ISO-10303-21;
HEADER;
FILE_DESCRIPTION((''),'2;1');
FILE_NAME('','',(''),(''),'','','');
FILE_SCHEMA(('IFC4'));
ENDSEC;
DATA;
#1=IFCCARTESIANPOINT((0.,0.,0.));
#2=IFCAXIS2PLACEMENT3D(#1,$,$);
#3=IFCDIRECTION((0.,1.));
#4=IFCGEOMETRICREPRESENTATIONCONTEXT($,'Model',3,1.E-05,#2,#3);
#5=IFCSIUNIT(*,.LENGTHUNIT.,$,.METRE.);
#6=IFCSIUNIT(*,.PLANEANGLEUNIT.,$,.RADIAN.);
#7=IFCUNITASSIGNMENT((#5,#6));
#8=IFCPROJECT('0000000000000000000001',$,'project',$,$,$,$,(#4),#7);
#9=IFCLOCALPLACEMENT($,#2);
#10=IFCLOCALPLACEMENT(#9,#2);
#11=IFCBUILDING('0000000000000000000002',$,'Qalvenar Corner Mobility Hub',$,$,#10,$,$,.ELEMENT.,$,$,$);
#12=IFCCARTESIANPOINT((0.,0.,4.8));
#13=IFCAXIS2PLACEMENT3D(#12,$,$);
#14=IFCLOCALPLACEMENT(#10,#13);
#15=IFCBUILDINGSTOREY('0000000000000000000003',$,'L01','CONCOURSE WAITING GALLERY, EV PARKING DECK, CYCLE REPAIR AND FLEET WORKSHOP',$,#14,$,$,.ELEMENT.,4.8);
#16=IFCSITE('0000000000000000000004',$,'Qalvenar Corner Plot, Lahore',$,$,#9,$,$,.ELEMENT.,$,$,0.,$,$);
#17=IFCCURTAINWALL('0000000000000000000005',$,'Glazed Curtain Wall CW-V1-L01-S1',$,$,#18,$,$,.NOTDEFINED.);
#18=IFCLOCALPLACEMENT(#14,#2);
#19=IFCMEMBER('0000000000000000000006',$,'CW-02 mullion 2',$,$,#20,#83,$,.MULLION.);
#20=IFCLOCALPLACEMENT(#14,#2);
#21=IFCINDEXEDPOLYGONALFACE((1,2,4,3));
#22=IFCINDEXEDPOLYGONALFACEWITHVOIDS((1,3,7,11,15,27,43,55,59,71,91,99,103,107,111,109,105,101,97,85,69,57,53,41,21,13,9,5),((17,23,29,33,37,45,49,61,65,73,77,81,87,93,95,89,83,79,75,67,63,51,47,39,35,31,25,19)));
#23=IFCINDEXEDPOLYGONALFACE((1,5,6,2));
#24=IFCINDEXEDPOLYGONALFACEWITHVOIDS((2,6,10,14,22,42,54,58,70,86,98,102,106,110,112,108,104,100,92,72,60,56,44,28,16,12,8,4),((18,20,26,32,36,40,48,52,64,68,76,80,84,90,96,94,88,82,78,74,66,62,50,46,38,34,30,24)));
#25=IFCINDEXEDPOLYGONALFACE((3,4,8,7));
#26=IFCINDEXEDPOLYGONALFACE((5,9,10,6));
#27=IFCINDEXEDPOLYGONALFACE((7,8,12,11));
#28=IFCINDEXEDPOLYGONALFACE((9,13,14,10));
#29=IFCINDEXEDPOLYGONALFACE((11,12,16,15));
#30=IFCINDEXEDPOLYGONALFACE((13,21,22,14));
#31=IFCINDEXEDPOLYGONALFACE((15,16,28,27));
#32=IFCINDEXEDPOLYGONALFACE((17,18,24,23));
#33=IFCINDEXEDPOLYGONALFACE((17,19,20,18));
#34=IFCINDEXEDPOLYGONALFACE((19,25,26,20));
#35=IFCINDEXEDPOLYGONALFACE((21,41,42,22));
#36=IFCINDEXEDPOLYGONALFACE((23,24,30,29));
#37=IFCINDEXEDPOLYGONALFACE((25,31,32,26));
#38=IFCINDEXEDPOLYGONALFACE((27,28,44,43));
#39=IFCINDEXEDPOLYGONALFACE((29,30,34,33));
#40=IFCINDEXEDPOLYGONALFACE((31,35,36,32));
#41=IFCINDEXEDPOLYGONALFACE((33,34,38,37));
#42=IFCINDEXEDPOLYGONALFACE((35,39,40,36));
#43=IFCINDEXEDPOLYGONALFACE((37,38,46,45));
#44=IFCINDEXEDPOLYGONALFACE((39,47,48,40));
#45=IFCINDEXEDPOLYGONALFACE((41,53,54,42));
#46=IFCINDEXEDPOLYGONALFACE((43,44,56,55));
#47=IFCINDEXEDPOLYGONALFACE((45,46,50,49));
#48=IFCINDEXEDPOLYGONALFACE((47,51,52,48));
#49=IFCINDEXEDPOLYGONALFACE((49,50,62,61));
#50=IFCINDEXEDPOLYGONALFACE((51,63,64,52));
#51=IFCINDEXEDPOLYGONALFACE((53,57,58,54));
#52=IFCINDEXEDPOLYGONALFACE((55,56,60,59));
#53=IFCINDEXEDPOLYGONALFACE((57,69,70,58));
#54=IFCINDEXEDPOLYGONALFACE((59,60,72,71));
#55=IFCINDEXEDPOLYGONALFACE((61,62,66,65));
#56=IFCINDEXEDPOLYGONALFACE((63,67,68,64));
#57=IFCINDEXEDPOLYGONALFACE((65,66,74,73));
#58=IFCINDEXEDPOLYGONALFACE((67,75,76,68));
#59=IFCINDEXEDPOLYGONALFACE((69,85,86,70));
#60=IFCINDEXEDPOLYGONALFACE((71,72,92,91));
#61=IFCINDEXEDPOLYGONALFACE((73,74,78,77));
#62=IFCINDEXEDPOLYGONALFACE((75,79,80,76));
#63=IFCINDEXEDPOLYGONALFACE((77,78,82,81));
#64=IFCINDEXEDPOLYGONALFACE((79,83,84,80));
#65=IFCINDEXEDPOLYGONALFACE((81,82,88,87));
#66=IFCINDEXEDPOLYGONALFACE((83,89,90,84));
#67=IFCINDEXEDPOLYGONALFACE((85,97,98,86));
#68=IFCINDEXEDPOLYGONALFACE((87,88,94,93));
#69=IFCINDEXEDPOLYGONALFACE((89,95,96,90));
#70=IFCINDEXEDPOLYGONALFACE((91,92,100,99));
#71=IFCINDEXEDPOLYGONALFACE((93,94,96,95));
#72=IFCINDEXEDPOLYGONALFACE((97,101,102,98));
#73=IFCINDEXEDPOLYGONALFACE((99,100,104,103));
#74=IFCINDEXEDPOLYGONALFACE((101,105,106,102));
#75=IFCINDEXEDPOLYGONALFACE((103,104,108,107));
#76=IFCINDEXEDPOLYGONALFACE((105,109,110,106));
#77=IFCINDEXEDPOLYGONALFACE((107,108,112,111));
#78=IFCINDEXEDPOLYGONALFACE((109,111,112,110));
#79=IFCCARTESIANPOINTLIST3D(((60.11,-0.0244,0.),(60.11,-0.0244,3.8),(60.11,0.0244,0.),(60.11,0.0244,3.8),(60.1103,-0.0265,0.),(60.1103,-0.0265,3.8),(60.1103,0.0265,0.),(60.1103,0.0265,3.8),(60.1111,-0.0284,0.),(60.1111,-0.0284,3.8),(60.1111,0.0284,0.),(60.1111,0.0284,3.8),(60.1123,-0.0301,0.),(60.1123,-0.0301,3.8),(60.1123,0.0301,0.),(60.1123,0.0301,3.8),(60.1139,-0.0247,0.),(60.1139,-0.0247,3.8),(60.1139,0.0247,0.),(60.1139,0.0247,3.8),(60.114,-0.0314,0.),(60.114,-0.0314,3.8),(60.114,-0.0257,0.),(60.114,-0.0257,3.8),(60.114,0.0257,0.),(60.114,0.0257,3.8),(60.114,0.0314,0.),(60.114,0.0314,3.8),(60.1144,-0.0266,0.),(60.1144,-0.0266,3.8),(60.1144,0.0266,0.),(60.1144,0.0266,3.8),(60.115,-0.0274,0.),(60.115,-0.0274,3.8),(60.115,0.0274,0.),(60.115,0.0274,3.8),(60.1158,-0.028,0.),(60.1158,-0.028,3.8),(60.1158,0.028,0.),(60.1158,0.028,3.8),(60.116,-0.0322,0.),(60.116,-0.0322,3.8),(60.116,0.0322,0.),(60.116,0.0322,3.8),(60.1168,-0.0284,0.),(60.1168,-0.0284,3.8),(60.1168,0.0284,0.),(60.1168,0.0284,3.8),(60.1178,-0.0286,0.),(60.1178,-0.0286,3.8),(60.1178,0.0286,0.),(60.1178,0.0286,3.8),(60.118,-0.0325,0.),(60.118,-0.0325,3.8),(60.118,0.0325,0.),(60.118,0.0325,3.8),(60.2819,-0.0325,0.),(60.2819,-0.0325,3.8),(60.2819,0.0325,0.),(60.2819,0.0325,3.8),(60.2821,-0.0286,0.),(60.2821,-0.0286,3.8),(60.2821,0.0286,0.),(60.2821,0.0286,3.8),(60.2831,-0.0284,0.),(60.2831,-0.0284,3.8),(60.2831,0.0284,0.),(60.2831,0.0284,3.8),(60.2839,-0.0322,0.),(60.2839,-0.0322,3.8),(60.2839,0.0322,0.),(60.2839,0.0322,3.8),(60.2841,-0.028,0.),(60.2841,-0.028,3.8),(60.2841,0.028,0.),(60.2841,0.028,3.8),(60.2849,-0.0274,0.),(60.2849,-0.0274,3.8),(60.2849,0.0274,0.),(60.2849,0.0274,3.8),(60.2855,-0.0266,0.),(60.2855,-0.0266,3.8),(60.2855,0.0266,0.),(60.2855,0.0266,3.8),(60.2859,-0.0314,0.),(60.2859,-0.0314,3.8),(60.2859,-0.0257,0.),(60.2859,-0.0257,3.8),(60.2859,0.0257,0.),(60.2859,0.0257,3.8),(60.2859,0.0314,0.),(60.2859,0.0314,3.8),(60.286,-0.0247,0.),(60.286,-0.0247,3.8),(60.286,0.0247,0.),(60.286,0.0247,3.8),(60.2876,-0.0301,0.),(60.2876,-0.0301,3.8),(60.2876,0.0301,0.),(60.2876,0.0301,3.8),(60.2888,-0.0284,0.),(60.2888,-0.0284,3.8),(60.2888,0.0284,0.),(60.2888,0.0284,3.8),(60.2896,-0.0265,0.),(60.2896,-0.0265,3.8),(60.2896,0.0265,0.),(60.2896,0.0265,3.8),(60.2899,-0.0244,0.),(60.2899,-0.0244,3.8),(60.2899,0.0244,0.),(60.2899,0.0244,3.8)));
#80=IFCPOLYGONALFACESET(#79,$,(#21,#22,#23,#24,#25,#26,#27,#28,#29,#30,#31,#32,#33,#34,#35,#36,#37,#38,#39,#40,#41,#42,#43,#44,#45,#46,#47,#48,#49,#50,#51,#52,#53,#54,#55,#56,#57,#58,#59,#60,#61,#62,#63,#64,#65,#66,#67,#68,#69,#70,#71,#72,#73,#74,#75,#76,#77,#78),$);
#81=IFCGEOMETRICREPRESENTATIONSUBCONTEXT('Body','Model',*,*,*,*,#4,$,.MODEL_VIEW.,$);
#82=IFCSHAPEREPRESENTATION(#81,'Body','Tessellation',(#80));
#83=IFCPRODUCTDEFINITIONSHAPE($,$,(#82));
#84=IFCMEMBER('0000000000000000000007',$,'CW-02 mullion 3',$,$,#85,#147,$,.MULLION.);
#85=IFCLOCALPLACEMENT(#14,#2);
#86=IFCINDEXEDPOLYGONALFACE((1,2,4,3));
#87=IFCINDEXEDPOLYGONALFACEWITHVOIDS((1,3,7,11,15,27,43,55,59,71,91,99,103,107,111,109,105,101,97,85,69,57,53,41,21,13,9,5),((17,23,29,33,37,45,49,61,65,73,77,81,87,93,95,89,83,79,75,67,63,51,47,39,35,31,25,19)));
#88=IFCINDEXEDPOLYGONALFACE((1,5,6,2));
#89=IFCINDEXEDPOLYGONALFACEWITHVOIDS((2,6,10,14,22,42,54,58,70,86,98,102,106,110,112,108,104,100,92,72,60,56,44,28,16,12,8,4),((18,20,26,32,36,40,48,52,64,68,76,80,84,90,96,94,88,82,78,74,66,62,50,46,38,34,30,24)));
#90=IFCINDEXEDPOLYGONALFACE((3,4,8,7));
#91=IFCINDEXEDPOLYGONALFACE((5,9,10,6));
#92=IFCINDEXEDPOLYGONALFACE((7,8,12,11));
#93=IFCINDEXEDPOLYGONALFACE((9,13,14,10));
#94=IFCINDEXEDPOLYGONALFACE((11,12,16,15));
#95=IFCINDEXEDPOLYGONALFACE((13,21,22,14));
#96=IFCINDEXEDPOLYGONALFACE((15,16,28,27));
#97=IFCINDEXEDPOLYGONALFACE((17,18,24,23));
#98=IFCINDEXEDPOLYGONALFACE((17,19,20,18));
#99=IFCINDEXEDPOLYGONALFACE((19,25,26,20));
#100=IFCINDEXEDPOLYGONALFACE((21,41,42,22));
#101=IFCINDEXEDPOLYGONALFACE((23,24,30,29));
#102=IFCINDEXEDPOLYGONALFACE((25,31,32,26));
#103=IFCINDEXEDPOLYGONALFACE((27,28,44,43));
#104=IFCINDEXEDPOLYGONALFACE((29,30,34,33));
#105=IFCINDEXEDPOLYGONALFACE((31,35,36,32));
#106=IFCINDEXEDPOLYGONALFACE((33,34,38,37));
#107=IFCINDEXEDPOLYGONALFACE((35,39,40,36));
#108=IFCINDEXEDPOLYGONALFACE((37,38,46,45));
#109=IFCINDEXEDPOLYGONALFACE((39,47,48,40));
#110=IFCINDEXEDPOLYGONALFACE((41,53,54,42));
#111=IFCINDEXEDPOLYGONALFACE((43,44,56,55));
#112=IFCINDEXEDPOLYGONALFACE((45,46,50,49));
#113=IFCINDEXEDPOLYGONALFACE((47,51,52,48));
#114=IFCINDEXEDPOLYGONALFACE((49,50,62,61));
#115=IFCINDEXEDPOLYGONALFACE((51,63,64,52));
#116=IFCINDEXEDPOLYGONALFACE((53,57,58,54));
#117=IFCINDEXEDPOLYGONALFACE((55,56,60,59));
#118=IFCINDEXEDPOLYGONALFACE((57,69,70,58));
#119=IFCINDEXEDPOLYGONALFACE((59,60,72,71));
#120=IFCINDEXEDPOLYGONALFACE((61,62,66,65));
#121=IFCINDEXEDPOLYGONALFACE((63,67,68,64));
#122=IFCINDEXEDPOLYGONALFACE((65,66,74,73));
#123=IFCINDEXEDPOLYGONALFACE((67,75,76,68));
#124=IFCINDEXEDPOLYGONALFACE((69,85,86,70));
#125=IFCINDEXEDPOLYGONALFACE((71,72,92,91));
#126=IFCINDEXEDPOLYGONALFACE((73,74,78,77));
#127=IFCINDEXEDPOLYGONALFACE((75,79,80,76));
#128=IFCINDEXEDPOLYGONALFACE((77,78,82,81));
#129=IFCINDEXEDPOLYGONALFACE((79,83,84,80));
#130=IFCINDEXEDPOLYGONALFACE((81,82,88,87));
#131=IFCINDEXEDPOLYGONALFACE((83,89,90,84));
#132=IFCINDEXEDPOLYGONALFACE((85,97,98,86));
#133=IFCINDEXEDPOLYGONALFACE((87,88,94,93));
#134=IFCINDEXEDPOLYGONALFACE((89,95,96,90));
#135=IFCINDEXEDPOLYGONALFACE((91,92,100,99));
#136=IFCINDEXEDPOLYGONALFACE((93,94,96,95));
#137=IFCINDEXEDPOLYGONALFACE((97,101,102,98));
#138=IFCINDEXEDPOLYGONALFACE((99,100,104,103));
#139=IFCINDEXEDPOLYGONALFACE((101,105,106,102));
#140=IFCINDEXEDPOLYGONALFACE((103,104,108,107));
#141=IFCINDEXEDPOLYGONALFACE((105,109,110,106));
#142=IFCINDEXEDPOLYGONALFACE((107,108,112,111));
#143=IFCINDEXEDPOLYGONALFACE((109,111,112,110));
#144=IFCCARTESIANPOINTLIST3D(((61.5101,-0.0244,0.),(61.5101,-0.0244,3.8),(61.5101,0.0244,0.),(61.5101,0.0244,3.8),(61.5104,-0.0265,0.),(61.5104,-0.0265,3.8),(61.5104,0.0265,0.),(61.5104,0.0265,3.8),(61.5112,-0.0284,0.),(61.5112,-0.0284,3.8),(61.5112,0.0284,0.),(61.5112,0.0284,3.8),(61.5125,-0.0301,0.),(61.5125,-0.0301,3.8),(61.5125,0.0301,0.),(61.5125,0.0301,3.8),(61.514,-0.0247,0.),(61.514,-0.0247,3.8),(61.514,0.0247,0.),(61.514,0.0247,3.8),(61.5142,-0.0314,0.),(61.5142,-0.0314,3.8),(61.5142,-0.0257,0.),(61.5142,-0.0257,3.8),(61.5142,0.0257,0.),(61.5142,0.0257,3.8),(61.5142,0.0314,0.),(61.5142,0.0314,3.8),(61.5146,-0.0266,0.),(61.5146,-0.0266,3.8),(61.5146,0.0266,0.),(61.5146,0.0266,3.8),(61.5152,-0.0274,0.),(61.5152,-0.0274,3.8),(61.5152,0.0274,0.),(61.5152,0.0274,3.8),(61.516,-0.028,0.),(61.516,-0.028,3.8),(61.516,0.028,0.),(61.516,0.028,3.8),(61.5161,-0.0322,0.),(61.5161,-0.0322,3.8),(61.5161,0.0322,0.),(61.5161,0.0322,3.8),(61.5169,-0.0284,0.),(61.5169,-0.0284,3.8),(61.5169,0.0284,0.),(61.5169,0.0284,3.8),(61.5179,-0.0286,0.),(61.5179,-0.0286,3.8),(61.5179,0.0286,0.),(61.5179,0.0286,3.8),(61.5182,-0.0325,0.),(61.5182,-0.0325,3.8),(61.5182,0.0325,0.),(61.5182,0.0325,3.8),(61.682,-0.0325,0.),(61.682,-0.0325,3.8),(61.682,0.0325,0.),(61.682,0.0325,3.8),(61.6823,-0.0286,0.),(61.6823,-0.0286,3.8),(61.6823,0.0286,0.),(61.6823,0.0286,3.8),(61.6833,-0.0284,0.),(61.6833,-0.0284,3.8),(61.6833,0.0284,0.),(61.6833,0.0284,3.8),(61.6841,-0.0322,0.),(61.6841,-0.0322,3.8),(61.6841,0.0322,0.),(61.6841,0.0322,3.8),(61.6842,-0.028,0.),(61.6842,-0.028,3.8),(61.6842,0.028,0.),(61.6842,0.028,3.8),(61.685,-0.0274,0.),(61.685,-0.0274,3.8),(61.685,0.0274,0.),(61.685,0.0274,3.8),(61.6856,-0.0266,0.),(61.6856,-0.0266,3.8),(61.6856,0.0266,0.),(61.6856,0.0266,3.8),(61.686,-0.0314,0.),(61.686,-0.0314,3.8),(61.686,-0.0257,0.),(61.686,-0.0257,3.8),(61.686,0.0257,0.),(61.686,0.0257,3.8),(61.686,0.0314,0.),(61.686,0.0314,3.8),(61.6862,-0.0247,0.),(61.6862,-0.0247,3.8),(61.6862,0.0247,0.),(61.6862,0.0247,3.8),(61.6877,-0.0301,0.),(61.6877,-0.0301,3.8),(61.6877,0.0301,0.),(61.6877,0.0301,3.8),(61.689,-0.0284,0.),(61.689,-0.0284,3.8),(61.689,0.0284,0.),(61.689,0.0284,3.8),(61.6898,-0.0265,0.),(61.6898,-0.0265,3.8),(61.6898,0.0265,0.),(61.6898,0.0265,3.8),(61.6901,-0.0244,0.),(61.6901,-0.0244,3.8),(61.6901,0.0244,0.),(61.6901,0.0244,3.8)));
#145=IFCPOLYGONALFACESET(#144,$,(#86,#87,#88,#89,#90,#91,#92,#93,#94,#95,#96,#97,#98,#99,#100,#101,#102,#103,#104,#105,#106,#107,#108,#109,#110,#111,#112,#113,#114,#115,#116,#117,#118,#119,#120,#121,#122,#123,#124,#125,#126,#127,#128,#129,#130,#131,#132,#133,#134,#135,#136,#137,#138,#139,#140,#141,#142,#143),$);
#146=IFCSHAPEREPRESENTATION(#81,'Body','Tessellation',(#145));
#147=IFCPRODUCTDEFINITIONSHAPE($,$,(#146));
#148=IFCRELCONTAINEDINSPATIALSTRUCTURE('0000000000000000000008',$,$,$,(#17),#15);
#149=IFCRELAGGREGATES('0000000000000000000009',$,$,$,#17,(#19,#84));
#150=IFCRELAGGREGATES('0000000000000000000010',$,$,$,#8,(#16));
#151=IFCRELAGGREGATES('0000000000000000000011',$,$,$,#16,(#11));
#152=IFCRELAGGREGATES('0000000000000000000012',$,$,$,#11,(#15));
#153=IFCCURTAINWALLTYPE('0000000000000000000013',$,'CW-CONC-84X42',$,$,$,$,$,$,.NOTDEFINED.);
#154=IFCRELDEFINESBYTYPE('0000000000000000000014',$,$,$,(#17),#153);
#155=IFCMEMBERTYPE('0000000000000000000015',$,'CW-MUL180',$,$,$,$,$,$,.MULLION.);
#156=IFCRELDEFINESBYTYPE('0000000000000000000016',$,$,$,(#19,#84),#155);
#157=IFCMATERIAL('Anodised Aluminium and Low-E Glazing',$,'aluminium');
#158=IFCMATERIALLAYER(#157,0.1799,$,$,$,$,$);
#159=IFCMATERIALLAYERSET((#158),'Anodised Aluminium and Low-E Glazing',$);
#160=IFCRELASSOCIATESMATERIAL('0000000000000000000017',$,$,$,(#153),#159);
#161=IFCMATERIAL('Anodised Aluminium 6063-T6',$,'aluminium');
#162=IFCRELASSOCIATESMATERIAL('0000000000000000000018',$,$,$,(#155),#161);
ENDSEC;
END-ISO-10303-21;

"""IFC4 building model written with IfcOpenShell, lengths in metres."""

from ifc_helpers import new_model, si_unit, direction, frame, origin, origin_2d, place, context, subcontext, project, spatial, hollow_rectangle, extrude, material, layer, layer_set, material_profile, profile_set, type_object, element, aggregate, save


model = new_model("IFC4")

# Units and contexts
model_context = context("Model", 3, precision=1e-05, world=origin(), true_north=direction((0.0, 1.0)))
body_context = subcontext(model_context, "Body", "Model", "MODEL_VIEW")
ifc_project = project(units=[si_unit("LENGTHUNIT", "METRE"), si_unit("PLANEANGLEUNIT", "RADIAN")], contexts=[model_context])

# Site, building, storey
site_placement = place(None, origin())
site = spatial("IfcSite", under=ifc_project, at=site_placement, Name="Qalvenar Corner Plot, Lahore", CompositionType="ELEMENT", RefElevation=0.0)
building_placement = place(site_placement, origin())
building = spatial("IfcBuilding", under=site, at=building_placement, Name="Qalvenar Corner Mobility Hub", CompositionType="ELEMENT")
storey_placement = place(building_placement, frame((0.0, 0.0, 4.8)))
storey = spatial("IfcBuildingStorey", under=building, at=storey_placement, Name="L01", Description="CONCOURSE WAITING GALLERY, EV PARKING DECK, CYCLE REPAIR AND FLEET WORKSHOP", CompositionType="ELEMENT", Elevation=4.8)

# Curtain wall, members
ifc_material_1 = material(Name="Anodised Aluminium and Low-E Glazing", Category="aluminium")
ifc_layer_1 = layer(ifc_material_1, 0.1799)
ifc_layer_set_1 = layer_set([ifc_layer_1], Name="Anodised Aluminium and Low-E Glazing")
curtain_wall_type = type_object("IfcCurtainWallType", Name="CW-CONC-84X42", PredefinedType="NOTDEFINED", material=ifc_layer_set_1)
curtain_wall_placement = place(storey_placement, origin())
curtain_wall = element("IfcCurtainWall", 1, at=curtain_wall_placement, inside=storey, type_object=curtain_wall_type, Name="Glazed Curtain Wall CW-V1-L01-S1", PredefinedType="NOTDEFINED")
ifc_material_2 = material(Name="Anodised Aluminium 6063-T6", Category="aluminium")
ifc_material_profile_1 = material_profile(ifc_material_2, hollow_rectangle(XDim=0.0649, YDim=0.1799, WallThickness=0.0039, InnerFilletRadius=0.0039, OuterFilletRadius=0.0081, at=origin_2d()), Name="RHS180x65x4")
ifc_profile_set_1 = profile_set([ifc_material_profile_1], Name="Anodised Aluminium 6063-T6")
member_type_1 = type_object("IfcMemberType", Name="CW-MUL180", PredefinedType="MULLION", material=ifc_profile_set_1)
member_1_placement = place(storey_placement, frame((60.2, 0.0, 0.0), z_axis=(0.0, 0.0, 1.0), x_axis=(0.0, 1.0, 0.0)))
member_1 = element("IfcMember", 2, at=member_1_placement, type_object=member_type_1, Name="CW-02 mullion 2", PredefinedType="MULLION", context=body_context, shape_type="SweptSolid", body=[
    extrude(hollow_rectangle(XDim=0.0649, YDim=0.1799, WallThickness=0.0039, InnerFilletRadius=0.0039, OuterFilletRadius=0.0081, at=origin_2d()), origin(), (0.0, 0.0, 1.0), 3.8),
])
member_2_placement = place(storey_placement, frame((61.6001, 0.0, 0.0), z_axis=(0.0, 0.0, 1.0), x_axis=(0.0, 1.0, 0.0)))
member_2 = element("IfcMember", 3, at=member_2_placement, type_object=member_type_1, Name="CW-02 mullion 3", PredefinedType="MULLION", context=body_context, shape_type="SweptSolid", body=[
    extrude(hollow_rectangle(XDim=0.0649, YDim=0.1799, WallThickness=0.0039, InnerFilletRadius=0.0039, OuterFilletRadius=0.0081, at=origin_2d()), origin(), (0.0, 0.0, 1.0), 3.8),
])
aggregate(curtain_wall, [member_1, member_2])

save(model, "model.ifc")
